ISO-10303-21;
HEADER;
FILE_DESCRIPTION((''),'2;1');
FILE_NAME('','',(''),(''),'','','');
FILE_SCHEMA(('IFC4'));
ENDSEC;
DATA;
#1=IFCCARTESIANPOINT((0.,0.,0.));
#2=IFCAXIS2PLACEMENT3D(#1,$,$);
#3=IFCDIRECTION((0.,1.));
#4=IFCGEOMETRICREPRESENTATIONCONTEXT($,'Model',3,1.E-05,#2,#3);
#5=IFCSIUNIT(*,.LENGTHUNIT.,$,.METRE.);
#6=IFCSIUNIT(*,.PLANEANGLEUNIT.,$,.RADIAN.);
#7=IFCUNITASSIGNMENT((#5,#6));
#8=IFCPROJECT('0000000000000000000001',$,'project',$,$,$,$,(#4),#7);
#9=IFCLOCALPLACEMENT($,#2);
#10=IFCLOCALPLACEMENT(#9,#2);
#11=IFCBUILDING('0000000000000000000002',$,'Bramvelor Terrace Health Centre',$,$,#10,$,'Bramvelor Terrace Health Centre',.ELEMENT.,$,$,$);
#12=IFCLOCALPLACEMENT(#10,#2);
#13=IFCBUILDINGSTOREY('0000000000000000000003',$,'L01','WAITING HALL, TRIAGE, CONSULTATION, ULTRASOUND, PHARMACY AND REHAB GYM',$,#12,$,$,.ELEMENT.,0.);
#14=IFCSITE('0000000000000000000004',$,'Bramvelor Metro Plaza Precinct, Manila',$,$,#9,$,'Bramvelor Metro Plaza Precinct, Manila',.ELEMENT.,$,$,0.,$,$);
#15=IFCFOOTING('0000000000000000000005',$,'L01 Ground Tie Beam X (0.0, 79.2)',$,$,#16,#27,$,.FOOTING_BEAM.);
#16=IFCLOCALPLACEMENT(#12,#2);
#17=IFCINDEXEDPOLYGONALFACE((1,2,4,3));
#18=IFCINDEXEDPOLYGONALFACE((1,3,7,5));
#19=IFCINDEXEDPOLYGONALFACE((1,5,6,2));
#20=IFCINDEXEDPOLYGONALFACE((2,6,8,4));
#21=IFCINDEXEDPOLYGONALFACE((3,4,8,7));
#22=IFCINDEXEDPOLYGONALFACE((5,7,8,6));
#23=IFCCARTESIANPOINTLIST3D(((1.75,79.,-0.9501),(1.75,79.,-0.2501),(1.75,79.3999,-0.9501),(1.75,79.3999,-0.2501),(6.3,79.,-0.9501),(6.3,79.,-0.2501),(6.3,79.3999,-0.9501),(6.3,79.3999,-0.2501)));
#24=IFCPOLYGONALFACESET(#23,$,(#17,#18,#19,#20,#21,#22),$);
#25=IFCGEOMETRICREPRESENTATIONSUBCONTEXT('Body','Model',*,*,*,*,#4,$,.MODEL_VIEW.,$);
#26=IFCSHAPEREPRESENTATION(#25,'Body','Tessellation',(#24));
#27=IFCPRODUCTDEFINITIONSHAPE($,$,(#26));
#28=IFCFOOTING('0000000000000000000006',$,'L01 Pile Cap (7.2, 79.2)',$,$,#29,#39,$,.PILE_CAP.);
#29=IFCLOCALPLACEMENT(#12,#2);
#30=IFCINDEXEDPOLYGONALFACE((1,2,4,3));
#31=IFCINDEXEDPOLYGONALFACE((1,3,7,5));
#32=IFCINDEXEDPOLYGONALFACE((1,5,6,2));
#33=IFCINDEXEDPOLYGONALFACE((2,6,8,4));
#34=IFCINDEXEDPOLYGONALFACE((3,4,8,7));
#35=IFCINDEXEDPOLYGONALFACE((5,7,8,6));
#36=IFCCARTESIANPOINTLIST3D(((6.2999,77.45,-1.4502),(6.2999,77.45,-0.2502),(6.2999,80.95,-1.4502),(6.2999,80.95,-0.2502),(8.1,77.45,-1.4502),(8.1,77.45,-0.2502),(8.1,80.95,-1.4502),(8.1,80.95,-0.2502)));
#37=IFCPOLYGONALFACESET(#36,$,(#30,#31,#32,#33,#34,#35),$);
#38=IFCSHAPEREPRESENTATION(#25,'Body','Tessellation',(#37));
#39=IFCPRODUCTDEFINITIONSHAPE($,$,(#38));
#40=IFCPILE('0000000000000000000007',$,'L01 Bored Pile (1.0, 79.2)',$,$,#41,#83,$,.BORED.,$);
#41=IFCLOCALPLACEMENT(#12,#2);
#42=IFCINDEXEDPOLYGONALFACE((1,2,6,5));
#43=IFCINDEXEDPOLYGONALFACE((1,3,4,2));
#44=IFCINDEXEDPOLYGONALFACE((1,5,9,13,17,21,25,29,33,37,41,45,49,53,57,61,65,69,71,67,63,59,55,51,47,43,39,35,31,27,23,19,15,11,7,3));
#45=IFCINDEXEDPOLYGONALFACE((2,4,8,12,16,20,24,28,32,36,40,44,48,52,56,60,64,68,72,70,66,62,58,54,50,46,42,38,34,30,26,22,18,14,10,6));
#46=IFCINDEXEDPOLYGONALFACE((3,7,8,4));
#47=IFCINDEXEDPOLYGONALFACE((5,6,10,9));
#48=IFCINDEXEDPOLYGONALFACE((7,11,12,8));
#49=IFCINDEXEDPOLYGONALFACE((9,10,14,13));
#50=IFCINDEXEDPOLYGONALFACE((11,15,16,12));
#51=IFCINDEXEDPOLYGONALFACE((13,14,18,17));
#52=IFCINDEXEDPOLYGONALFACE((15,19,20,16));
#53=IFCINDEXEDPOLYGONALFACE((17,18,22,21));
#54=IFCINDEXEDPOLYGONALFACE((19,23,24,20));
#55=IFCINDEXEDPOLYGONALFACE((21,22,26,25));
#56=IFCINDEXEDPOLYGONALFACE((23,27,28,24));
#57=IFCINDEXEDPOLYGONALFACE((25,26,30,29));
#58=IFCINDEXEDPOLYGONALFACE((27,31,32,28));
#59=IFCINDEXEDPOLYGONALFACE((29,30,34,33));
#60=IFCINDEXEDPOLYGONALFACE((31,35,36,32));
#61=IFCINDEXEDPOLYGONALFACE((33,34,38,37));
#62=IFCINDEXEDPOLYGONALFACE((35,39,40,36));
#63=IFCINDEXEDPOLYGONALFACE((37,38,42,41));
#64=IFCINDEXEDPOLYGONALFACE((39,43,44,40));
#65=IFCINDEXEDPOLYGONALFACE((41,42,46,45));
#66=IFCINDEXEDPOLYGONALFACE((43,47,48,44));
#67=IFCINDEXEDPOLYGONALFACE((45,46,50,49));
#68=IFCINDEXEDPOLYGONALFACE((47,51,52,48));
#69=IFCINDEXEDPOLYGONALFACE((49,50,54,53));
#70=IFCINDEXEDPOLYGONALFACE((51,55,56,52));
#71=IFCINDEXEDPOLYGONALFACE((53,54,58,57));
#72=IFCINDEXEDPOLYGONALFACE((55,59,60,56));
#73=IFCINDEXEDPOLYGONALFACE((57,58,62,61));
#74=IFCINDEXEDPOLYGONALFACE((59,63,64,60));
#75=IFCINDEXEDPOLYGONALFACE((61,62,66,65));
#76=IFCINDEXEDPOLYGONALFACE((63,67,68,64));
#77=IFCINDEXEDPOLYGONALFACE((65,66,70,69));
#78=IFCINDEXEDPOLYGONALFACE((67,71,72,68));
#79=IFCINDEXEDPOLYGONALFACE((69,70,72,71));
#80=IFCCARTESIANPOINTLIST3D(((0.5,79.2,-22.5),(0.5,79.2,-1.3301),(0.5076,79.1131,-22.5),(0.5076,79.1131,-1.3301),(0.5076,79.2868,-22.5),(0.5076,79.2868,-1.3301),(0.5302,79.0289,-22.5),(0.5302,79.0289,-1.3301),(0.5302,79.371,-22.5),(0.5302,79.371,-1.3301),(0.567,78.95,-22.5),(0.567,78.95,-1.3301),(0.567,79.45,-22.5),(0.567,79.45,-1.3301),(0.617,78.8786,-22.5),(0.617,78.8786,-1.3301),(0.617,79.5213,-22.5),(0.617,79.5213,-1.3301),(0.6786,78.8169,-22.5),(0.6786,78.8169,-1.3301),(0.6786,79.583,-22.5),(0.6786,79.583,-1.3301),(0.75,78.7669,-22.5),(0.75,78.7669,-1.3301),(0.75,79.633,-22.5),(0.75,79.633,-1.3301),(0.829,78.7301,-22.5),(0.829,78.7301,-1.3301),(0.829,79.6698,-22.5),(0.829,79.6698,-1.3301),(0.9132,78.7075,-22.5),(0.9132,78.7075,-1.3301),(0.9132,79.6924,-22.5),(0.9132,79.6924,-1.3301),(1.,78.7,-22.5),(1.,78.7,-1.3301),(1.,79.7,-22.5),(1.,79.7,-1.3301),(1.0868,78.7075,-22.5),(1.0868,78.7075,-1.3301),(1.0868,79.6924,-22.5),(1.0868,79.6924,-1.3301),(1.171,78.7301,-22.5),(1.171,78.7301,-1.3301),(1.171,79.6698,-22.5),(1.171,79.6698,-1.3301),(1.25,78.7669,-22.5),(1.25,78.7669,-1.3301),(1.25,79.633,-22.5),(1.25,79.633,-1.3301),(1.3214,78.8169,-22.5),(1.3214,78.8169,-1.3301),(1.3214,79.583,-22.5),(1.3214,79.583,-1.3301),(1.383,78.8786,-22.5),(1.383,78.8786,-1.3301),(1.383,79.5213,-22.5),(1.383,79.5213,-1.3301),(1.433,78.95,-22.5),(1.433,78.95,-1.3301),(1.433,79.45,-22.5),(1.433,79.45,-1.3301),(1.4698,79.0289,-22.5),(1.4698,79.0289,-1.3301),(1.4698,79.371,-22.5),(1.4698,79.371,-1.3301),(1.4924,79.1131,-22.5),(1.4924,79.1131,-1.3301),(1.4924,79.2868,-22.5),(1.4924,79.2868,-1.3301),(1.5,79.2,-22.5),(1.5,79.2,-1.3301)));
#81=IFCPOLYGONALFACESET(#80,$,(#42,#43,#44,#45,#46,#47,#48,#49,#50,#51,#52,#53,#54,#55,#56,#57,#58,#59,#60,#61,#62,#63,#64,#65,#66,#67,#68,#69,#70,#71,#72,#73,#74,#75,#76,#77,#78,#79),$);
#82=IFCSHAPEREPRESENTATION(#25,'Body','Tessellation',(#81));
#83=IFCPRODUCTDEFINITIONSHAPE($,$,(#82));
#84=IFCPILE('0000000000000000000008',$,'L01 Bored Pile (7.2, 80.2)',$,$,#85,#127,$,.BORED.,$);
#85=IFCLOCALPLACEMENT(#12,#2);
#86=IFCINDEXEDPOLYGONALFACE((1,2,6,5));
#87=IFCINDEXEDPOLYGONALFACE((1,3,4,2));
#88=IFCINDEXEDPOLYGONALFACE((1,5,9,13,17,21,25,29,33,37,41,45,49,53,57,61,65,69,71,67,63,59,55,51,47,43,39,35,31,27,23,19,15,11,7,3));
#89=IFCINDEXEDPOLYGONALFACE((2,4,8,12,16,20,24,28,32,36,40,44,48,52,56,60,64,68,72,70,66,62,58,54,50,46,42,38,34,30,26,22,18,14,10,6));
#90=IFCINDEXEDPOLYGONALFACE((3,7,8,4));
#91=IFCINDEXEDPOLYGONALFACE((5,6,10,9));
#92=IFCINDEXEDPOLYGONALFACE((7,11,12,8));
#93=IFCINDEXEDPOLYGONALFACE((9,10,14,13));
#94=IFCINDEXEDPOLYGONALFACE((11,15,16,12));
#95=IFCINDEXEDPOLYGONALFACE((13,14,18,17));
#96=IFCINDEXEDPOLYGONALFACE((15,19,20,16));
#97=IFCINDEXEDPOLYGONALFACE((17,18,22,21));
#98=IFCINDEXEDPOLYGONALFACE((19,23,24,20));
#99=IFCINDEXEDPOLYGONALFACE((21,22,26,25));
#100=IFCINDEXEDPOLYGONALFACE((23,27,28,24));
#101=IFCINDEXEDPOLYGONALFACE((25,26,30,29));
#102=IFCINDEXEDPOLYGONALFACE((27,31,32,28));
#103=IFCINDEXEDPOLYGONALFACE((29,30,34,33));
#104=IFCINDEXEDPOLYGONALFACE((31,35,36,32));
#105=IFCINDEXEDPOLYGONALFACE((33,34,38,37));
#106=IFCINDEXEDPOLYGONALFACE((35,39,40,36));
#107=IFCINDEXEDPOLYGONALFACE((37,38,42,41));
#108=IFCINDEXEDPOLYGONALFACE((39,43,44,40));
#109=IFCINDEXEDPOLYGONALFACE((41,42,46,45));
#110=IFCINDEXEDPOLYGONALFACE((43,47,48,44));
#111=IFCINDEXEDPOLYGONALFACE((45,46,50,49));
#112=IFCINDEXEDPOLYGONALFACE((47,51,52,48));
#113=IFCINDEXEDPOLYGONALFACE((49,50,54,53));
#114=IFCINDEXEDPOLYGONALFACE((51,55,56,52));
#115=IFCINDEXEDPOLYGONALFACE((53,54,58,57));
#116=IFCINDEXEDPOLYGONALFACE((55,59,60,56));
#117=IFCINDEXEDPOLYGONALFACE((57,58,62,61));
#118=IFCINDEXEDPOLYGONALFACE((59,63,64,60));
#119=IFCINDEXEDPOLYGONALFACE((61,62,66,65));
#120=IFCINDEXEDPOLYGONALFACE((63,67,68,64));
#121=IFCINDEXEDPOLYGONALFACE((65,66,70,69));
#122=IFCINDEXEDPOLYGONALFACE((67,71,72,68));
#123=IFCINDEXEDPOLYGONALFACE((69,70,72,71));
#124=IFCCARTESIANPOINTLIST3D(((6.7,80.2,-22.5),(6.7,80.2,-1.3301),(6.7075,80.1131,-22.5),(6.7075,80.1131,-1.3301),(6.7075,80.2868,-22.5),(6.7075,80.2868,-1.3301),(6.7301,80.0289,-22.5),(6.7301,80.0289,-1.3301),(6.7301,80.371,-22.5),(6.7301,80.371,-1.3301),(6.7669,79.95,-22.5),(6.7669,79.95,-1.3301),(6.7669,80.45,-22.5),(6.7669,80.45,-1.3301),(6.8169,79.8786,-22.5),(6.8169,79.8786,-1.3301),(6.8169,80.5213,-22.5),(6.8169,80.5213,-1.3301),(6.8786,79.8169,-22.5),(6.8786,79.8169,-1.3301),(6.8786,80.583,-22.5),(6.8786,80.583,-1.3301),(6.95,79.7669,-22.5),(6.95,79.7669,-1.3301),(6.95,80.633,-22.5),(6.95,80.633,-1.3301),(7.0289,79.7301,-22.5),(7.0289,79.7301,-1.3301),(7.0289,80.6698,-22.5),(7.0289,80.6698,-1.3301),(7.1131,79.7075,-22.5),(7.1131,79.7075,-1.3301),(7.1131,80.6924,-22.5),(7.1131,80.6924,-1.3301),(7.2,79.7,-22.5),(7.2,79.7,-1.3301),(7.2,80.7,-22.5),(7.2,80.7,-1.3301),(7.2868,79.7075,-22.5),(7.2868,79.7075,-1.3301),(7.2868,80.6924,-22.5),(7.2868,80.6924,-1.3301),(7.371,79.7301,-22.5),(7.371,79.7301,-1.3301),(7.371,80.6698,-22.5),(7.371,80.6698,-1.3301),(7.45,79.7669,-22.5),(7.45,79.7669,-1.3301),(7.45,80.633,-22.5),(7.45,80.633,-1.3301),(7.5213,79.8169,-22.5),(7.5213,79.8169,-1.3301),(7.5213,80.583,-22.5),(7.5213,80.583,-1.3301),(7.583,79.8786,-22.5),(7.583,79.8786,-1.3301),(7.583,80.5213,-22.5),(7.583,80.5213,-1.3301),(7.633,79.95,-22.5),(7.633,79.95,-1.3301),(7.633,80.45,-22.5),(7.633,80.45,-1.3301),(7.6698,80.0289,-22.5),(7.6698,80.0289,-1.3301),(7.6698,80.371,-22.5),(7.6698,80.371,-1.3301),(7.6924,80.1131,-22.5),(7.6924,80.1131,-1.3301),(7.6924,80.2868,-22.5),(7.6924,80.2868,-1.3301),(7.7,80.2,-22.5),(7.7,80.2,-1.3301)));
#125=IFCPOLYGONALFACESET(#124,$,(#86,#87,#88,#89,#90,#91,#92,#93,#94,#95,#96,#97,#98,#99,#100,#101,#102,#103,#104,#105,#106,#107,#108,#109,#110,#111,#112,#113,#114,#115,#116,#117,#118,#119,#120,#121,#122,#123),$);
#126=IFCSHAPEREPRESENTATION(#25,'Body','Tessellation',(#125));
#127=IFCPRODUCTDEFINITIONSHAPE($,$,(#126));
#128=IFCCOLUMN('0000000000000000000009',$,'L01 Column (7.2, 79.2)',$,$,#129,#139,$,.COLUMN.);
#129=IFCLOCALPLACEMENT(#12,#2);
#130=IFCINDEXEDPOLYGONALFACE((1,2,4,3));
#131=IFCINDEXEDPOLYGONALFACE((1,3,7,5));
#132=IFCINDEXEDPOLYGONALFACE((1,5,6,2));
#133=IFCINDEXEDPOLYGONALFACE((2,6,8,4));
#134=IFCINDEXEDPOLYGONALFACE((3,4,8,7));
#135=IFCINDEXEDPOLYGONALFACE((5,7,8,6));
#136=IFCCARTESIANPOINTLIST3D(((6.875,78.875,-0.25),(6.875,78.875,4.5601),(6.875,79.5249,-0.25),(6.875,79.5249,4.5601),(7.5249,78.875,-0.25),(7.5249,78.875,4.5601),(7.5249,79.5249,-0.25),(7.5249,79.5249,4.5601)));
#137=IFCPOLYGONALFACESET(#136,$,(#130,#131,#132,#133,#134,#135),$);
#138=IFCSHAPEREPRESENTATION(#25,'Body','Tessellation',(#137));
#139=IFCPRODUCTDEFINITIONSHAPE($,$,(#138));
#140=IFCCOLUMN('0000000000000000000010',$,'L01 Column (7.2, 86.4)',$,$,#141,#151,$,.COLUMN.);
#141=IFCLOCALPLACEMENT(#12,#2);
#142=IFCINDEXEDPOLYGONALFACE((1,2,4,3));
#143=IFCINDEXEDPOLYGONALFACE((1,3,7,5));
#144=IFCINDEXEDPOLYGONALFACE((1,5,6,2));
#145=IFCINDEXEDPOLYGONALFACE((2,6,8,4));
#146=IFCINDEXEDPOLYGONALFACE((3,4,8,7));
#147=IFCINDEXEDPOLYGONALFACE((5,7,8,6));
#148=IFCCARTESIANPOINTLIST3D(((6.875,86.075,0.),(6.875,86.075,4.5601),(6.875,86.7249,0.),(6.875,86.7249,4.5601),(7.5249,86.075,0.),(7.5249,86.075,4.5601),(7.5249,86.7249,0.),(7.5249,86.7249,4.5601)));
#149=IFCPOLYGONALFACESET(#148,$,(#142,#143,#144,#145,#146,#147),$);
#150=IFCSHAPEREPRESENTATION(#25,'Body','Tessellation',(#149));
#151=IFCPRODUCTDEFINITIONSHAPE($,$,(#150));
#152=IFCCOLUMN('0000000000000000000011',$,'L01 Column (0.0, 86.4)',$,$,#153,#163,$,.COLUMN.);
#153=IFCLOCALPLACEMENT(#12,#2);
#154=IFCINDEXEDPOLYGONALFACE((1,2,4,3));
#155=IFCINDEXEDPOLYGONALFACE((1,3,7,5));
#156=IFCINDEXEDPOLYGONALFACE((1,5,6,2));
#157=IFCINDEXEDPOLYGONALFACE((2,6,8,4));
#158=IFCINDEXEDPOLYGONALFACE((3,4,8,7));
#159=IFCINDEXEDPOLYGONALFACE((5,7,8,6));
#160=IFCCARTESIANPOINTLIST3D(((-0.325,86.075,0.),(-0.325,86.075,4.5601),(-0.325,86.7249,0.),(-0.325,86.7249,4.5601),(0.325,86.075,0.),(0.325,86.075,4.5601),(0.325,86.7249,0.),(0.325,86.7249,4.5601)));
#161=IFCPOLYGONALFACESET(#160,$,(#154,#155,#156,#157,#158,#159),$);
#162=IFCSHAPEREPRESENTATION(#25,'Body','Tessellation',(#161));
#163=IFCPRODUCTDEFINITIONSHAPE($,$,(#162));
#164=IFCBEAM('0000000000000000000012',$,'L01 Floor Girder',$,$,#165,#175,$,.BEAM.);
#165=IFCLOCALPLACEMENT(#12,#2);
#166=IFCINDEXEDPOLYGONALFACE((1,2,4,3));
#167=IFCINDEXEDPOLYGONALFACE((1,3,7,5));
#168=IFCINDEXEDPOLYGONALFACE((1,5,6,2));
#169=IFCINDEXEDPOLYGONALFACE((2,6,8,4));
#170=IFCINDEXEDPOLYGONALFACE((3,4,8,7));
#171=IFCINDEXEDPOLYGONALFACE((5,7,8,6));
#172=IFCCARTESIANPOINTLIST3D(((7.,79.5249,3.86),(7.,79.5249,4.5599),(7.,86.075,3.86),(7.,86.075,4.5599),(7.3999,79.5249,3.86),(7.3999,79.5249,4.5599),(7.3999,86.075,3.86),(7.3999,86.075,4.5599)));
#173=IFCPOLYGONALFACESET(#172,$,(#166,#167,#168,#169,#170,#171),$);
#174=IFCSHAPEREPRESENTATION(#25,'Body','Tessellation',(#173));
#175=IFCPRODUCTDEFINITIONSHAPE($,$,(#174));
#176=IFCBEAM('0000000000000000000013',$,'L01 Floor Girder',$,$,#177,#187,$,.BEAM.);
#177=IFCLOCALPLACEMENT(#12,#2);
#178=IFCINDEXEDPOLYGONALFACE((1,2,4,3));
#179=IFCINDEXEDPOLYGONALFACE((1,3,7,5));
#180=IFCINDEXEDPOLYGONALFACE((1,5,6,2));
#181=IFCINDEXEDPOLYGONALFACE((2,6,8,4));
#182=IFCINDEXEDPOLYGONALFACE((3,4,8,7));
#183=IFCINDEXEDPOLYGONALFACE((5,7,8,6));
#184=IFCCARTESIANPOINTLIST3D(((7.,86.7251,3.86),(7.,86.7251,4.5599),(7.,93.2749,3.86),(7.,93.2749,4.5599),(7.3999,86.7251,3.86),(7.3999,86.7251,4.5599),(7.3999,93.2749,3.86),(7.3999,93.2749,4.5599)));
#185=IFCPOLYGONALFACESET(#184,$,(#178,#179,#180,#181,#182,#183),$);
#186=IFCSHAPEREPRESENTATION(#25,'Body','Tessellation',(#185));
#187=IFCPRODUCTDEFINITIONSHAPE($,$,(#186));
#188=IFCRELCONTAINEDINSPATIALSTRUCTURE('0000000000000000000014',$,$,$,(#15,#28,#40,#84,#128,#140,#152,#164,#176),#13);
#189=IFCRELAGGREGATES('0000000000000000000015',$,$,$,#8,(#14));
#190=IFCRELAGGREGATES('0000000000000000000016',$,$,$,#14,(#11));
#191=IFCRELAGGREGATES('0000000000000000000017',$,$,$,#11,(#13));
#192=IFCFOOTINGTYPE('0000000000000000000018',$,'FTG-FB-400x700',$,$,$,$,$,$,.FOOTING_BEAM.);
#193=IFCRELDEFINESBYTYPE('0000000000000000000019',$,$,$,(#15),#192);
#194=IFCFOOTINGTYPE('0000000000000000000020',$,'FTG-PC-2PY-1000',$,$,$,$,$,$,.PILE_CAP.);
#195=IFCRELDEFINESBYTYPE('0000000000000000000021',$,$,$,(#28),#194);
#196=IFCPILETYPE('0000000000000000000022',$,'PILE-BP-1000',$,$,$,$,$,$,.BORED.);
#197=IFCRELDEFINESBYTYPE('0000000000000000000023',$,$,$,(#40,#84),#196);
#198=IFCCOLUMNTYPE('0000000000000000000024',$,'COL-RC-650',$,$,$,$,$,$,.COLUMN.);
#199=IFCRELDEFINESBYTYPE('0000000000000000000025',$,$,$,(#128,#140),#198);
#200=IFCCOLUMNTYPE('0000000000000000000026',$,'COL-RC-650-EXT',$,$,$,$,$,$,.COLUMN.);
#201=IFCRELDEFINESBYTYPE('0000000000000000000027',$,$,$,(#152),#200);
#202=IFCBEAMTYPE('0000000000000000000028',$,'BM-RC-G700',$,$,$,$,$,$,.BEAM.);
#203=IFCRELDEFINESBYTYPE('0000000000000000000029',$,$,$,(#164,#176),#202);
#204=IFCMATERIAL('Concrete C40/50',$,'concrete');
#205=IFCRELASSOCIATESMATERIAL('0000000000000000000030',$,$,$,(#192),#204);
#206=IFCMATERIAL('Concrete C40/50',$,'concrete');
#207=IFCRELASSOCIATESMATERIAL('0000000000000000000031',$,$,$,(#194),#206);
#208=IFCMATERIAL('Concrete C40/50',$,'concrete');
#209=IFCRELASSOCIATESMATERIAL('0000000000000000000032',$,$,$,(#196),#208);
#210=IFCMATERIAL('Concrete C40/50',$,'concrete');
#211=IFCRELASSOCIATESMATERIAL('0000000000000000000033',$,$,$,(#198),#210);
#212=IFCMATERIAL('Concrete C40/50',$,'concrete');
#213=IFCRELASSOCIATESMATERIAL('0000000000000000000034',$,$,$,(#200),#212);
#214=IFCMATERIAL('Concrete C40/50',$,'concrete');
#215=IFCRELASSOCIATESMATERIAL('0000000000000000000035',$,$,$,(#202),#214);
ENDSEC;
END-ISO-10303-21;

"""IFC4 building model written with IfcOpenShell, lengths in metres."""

from ifc_helpers import new_model, si_unit, direction, frame, origin, origin_2d, place, context, subcontext, project, spatial, rectangle, circle, extrude, material, material_profile, profile_set, type_object, element, save


model = new_model("IFC4")

# Units and contexts
model_context = context("Model", 3, precision=1e-05, world=origin(), true_north=direction((0.0, 1.0)))
body_context = subcontext(model_context, "Body", "Model", "MODEL_VIEW")
ifc_project = project(units=[si_unit("LENGTHUNIT", "METRE"), si_unit("PLANEANGLEUNIT", "RADIAN")], contexts=[model_context])

# Site, building, storey
site_placement = place(None, origin())
site = spatial("IfcSite", under=ifc_project, at=site_placement, Name="Bramvelor Metro Plaza Precinct, Manila", LongName="Bramvelor Metro Plaza Precinct, Manila", CompositionType="ELEMENT", RefElevation=0.0)
building_placement = place(site_placement, origin())
building = spatial("IfcBuilding", under=site, at=building_placement, Name="Bramvelor Terrace Health Centre", LongName="Bramvelor Terrace Health Centre", CompositionType="ELEMENT")
storey_placement = place(building_placement, origin())
storey = spatial("IfcBuildingStorey", under=building, at=storey_placement, Name="L01", Description="WAITING HALL, TRIAGE, CONSULTATION, ULTRASOUND, PHARMACY AND REHAB GYM", CompositionType="ELEMENT", Elevation=0.0)

# Footings
ifc_material_1 = material(Name="Concrete C40/50", Category="concrete")
ifc_material_profile_1 = material_profile(ifc_material_1, rectangle(XDim=0.3999, YDim=0.7, at=origin_2d()), Name="RC 400x700")
ifc_profile_set_1 = profile_set([ifc_material_profile_1], Name="Concrete C40/50")
footing_type_1 = type_object("IfcFootingType", Name="FTG-FB-400x700", PredefinedType="FOOTING_BEAM", material=ifc_profile_set_1)
footing_1_placement = place(storey_placement, frame((1.75, 79.2, -0.6001), z_axis=(1.0, 0.0, 0.0), x_axis=(0.0, 1.0, 0.0)))
element("IfcFooting", 1, at=footing_1_placement, inside=storey, type_object=footing_type_1, Name="L01 Ground Tie Beam X (0.0, 79.2)", PredefinedType="FOOTING_BEAM", context=body_context, shape_type="SweptSolid", body=[
    extrude(rectangle(XDim=0.3999, YDim=0.7, at=origin_2d()), origin(), (0.0, 0.0, 1.0), 4.55),
])
ifc_material_2 = material(Name="Concrete C40/50", Category="concrete")
footing_type_2 = type_object("IfcFootingType", Name="FTG-PC-2PY-1000", PredefinedType="PILE_CAP", material=ifc_material_2)
footing_2_placement = place(storey_placement, frame((7.2, 79.2, -1.4502), z_axis=(0.0, 0.0, 1.0), x_axis=(1.0, 0.0, 0.0)))
element("IfcFooting", 2, at=footing_2_placement, inside=storey, type_object=footing_type_2, Name="L01 Pile Cap (7.2, 79.2)", PredefinedType="PILE_CAP", context=body_context, shape_type="SweptSolid", body=[
    extrude(rectangle(XDim=1.8, YDim=3.5, at=origin_2d()), origin(), (0.0, 0.0, 1.0), 1.2),
])

# Piles
ifc_material_3 = material(Name="Concrete C40/50", Category="concrete")
ifc_material_profile_2 = material_profile(ifc_material_3, circle(Radius=0.5, at=origin_2d()), Name="BP D1000")
ifc_profile_set_2 = profile_set([ifc_material_profile_2], Name="Concrete C40/50")
pile_type = type_object("IfcPileType", Name="PILE-BP-1000", PredefinedType="BORED", material=ifc_profile_set_2)
for number, where, z_axis, x_axis, name in (
    (3, (1.0, 79.2, -1.3301), (0.0, 0.0, -1.0), (1.0, 0.0, 0.0), "L01 Bored Pile (1.0, 79.2)"),
    (4, (7.2, 80.2, -1.3301), (0.0, 0.0, -1.0), (1.0, 0.0, 0.0), "L01 Bored Pile (7.2, 80.2)"),
):
    element("IfcPile", number, at=place(storey_placement, frame(where, z_axis=z_axis, x_axis=x_axis)), inside=storey, type_object=pile_type, Name=name, PredefinedType="BORED", context=body_context, shape_type="SweptSolid", body=[
        extrude(circle(Radius=0.5, at=origin_2d()), origin(), (0.0, 0.0, 1.0), 21.1699),
    ])

# Columns
ifc_material_4 = material(Name="Concrete C40/50", Category="concrete")
ifc_material_profile_3 = material_profile(ifc_material_4, rectangle(XDim=0.6499, YDim=0.6499, at=origin_2d()), Name="RC 650x650")
ifc_profile_set_3 = profile_set([ifc_material_profile_3], Name="Concrete C40/50")
column_type_1 = type_object("IfcColumnType", Name="COL-RC-650", PredefinedType="COLUMN", material=ifc_profile_set_3)
column_1_placement = place(storey_placement, frame((7.2, 79.2, -0.25), z_axis=(0.0, 0.0, 1.0), x_axis=(1.0, 0.0, 0.0)))
element("IfcColumn", 5, at=column_1_placement, inside=storey, type_object=column_type_1, Name="L01 Column (7.2, 79.2)", PredefinedType="COLUMN", context=body_context, shape_type="SweptSolid", body=[
    extrude(rectangle(XDim=0.6499, YDim=0.6499, at=origin_2d()), origin(), (0.0, 0.0, 1.0), 4.8101),
])
column_2_placement = place(storey_placement, frame((7.2, 86.3999, 0.0), z_axis=(0.0, 0.0, 1.0), x_axis=(1.0, 0.0, 0.0)))
element("IfcColumn", 6, at=column_2_placement, inside=storey, type_object=column_type_1, Name="L01 Column (7.2, 86.4)", PredefinedType="COLUMN", context=body_context, shape_type="SweptSolid", body=[
    extrude(rectangle(XDim=0.6499, YDim=0.6499, at=origin_2d()), origin(), (0.0, 0.0, 1.0), 4.5601),
])
ifc_material_5 = material(Name="Concrete C40/50", Category="concrete")
ifc_material_profile_4 = material_profile(ifc_material_5, rectangle(XDim=0.6499, YDim=0.6499, at=origin_2d()), Name="RC 650x650")
ifc_profile_set_4 = profile_set([ifc_material_profile_4], Name="Concrete C40/50")
column_type_2 = type_object("IfcColumnType", Name="COL-RC-650-EXT", PredefinedType="COLUMN", material=ifc_profile_set_4)
column_3_placement = place(storey_placement, frame((0.0, 86.3999, 0.0), z_axis=(0.0, 0.0, 1.0), x_axis=(1.0, 0.0, 0.0)))
element("IfcColumn", 7, at=column_3_placement, inside=storey, type_object=column_type_2, Name="L01 Column (0.0, 86.4)", PredefinedType="COLUMN", context=body_context, shape_type="SweptSolid", body=[
    extrude(rectangle(XDim=0.6499, YDim=0.6499, at=origin_2d()), origin(), (0.0, 0.0, 1.0), 4.5601),
])

# Beams
ifc_material_6 = material(Name="Concrete C40/50", Category="concrete")
ifc_material_profile_5 = material_profile(ifc_material_6, rectangle(XDim=0.3999, YDim=0.7, at=origin_2d()), Name="RC 400x700")
ifc_profile_set_5 = profile_set([ifc_material_profile_5], Name="Concrete C40/50")
beam_type_1 = type_object("IfcBeamType", Name="BM-RC-G700", PredefinedType="BEAM", material=ifc_profile_set_5)
beam_1_placement = place(storey_placement, frame((7.2, 79.5249, 4.21), z_axis=(0.0, 1.0, 0.0), x_axis=(-1.0, 0.0, 0.0)))
element("IfcBeam", 8, at=beam_1_placement, inside=storey, type_object=beam_type_1, Name="L01 Floor Girder", PredefinedType="BEAM", context=body_context, shape_type="SweptSolid", body=[
    extrude(rectangle(XDim=0.3999, YDim=0.7, at=origin_2d()), origin(), (0.0, 0.0, 1.0), 6.55),
])
beam_2_placement = place(storey_placement, frame((7.2, 86.7251, 4.21), z_axis=(0.0, 1.0, 0.0), x_axis=(-1.0, 0.0, 0.0)))
element("IfcBeam", 9, at=beam_2_placement, inside=storey, type_object=beam_type_1, Name="L01 Floor Girder", PredefinedType="BEAM", context=body_context, shape_type="SweptSolid", body=[
    extrude(rectangle(XDim=0.3999, YDim=0.7, at=origin_2d()), origin(), (0.0, 0.0, 1.0), 6.5498),
])

save(model, "model.ifc")
